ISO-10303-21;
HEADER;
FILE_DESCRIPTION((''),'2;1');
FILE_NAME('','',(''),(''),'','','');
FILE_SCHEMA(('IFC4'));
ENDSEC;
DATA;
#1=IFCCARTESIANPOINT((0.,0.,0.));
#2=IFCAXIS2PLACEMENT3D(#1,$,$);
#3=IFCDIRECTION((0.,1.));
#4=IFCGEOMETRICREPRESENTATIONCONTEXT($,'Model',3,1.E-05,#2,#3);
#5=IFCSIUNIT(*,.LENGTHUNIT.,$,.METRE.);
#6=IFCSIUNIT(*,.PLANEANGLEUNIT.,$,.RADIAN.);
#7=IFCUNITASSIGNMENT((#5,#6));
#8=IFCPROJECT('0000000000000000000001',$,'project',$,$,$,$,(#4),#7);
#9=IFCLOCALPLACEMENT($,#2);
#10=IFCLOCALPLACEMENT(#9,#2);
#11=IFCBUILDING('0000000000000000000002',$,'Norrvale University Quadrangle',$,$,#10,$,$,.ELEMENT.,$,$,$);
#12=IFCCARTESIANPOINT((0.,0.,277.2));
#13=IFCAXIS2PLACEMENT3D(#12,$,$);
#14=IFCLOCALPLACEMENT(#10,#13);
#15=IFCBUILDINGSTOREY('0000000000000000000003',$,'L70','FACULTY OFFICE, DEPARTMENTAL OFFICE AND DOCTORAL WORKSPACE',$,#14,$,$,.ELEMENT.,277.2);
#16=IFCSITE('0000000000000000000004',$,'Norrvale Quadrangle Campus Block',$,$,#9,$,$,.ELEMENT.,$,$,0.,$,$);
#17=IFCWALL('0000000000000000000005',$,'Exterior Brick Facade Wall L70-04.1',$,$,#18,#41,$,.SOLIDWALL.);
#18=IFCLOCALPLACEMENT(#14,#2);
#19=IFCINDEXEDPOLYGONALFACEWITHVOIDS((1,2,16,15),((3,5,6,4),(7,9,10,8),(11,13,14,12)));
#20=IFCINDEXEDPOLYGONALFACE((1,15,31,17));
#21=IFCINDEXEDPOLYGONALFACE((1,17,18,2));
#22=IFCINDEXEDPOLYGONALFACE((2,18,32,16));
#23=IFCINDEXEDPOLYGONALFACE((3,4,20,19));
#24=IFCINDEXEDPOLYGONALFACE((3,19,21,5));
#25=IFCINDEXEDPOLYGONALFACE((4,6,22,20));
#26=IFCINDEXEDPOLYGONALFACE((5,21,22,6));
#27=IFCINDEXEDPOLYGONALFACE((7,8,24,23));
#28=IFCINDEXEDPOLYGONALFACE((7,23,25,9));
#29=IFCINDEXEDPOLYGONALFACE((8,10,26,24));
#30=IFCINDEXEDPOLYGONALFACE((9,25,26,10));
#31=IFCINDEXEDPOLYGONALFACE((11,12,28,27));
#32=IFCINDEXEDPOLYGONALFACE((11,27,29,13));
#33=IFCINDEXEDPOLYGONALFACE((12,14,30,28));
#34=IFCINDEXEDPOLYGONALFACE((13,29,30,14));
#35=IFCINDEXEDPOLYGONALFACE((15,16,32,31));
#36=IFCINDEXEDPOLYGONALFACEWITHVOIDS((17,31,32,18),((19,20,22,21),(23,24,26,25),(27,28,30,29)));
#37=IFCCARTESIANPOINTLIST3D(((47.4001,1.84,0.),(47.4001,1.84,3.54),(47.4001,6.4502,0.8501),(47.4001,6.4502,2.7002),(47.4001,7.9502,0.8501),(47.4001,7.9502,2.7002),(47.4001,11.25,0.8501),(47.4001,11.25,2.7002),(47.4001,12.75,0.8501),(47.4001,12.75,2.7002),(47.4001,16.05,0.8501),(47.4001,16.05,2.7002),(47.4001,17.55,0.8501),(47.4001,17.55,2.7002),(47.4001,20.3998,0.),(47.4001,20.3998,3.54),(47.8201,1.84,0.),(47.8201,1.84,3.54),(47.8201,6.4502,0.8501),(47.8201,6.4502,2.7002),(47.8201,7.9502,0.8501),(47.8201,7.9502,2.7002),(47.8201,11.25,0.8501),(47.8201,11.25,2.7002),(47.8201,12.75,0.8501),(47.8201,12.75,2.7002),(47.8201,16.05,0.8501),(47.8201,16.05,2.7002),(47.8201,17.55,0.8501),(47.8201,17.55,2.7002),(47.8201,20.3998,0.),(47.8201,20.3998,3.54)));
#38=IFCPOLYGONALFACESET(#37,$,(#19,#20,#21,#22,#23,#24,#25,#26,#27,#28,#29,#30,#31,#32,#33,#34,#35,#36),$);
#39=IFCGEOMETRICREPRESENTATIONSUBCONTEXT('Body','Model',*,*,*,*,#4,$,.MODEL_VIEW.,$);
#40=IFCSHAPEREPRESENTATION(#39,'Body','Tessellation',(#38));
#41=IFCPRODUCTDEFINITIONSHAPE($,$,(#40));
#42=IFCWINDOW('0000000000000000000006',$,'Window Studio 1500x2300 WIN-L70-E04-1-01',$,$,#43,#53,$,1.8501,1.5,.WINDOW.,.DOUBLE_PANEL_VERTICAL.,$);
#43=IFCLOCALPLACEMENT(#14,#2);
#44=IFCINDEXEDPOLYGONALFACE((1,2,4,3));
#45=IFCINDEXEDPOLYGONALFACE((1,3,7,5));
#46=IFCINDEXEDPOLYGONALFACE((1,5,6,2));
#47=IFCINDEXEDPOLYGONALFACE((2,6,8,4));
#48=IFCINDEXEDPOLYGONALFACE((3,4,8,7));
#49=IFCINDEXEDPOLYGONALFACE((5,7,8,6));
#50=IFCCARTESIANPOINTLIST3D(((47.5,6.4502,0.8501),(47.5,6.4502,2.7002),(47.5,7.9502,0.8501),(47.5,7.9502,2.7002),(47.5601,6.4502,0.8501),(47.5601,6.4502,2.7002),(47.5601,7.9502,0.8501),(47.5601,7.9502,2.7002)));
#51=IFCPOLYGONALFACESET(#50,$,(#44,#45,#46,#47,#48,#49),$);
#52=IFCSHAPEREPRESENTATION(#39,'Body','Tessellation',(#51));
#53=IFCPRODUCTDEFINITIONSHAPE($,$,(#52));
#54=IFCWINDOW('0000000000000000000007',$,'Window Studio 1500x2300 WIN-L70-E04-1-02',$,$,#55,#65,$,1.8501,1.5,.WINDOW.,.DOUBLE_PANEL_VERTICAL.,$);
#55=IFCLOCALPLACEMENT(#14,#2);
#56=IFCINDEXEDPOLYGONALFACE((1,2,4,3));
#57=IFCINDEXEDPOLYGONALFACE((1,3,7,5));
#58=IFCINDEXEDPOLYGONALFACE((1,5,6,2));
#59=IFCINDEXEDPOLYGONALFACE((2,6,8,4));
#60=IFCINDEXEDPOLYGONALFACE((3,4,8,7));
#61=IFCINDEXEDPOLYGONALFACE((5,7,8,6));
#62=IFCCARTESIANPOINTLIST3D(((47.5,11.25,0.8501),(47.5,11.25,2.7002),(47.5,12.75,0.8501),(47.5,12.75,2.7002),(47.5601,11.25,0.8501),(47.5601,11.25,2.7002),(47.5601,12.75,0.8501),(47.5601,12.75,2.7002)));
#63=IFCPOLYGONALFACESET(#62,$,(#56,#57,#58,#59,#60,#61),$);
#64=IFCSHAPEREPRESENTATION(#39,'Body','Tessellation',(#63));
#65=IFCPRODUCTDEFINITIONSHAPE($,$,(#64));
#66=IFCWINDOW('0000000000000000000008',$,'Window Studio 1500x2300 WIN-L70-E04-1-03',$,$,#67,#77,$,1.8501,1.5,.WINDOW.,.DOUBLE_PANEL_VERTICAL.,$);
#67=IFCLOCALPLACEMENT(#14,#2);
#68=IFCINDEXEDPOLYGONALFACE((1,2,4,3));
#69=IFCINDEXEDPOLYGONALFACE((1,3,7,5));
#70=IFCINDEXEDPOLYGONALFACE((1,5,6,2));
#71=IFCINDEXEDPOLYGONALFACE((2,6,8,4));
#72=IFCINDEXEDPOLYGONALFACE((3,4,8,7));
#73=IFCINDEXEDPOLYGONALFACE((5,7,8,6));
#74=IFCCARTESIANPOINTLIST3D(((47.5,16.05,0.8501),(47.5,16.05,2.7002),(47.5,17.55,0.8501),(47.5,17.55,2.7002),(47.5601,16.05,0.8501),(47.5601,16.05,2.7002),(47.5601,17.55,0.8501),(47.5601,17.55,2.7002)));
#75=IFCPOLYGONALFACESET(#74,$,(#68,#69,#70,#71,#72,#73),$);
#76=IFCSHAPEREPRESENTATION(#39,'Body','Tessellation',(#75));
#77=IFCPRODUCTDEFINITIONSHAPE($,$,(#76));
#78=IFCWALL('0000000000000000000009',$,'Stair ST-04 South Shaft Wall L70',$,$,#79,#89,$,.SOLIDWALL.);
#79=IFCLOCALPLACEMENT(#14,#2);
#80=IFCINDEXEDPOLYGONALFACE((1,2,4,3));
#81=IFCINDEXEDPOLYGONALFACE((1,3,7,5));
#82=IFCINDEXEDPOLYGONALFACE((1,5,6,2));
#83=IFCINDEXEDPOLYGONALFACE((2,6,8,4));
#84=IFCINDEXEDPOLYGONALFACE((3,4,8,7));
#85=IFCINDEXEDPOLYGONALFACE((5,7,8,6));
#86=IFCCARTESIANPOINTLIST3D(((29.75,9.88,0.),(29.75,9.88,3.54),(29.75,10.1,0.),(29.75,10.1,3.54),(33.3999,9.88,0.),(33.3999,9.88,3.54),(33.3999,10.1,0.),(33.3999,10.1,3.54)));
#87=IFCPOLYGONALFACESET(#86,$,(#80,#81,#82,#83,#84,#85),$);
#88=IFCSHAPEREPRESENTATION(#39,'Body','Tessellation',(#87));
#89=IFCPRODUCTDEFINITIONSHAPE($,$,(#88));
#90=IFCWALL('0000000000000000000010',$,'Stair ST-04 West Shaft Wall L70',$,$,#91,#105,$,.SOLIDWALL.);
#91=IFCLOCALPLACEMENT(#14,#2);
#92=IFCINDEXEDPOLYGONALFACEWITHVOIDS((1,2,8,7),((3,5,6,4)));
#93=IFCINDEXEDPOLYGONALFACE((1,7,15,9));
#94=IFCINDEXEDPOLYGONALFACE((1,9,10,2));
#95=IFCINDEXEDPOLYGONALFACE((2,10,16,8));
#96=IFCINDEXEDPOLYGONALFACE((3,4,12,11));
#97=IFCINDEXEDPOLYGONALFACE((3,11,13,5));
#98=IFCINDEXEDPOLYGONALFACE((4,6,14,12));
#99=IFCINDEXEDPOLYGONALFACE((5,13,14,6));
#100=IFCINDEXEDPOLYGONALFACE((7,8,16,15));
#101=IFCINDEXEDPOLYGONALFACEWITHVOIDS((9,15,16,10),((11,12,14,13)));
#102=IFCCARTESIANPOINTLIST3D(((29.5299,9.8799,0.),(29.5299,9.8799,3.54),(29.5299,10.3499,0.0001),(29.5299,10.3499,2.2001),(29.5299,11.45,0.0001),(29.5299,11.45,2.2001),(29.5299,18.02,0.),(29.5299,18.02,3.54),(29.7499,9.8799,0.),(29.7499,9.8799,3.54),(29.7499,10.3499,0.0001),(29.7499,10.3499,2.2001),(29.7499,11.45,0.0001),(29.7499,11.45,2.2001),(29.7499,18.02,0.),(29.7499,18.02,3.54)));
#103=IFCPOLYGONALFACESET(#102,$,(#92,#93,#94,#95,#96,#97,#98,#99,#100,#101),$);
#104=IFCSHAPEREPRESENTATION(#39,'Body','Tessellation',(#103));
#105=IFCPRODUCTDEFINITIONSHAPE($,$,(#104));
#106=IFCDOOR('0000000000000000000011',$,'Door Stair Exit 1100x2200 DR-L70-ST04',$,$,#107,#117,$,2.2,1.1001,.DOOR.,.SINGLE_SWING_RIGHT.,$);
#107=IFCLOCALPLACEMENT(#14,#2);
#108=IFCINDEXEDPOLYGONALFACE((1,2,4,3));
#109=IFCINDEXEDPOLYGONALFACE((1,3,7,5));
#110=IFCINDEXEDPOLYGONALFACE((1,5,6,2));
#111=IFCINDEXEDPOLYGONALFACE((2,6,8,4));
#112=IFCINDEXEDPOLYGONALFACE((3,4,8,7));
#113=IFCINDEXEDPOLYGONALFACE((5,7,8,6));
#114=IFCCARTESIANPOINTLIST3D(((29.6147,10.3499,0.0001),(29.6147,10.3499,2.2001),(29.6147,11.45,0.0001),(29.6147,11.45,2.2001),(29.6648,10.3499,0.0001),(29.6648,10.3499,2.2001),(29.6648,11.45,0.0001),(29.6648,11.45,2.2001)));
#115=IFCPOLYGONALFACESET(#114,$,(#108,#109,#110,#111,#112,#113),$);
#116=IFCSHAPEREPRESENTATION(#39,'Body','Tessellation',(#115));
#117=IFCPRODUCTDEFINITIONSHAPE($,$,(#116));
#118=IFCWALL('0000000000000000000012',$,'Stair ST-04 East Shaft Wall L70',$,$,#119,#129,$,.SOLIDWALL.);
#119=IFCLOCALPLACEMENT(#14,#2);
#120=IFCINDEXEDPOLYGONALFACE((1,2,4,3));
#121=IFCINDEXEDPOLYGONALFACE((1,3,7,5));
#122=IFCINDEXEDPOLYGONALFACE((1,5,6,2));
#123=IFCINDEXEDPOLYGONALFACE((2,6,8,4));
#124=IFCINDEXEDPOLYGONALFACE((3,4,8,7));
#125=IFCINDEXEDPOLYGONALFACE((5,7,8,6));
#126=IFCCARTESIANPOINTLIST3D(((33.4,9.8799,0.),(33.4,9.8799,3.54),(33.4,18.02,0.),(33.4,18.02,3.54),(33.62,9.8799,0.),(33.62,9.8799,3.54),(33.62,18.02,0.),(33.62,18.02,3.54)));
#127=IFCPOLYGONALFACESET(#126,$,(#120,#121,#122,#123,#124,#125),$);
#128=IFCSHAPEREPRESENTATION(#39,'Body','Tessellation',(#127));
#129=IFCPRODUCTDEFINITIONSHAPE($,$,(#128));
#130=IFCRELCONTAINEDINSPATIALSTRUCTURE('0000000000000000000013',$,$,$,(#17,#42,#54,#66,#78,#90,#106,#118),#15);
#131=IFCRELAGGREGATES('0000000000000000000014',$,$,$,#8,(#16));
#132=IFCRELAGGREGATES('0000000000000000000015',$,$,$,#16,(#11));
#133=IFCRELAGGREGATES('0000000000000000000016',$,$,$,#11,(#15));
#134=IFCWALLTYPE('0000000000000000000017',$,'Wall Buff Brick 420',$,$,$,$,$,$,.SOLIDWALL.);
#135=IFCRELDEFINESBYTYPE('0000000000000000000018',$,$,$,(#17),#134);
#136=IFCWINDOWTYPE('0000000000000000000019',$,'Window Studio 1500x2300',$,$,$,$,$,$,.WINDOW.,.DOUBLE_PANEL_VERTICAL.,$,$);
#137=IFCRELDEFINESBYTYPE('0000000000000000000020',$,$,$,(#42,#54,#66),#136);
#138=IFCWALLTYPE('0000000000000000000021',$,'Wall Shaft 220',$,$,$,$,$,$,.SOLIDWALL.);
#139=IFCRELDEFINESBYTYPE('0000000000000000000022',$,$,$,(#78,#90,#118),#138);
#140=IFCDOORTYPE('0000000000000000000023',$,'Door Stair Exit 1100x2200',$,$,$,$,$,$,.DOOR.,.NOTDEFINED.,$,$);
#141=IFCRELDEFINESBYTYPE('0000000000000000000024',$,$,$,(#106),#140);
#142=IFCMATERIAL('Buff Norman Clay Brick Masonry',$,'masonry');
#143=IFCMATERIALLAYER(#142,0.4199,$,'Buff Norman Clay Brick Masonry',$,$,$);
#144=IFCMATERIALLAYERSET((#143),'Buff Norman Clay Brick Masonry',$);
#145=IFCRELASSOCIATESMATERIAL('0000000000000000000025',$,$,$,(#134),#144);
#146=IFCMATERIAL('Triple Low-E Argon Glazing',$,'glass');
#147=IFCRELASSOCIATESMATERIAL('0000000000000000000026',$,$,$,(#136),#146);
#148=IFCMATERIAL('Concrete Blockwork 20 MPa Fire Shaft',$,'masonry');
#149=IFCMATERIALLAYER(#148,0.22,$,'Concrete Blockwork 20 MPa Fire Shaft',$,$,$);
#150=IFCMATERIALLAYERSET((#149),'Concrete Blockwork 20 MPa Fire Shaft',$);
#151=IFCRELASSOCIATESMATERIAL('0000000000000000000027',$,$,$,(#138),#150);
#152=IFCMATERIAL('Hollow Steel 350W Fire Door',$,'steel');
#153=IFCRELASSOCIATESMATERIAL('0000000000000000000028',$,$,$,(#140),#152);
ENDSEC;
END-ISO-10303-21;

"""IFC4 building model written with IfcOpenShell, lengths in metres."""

from ifc_helpers import new_model, si_unit, direction, frame, frame_2d, origin, place, context, subcontext, project, spatial, rectangle, extrude, material, layer, layer_set, type_object, element, fill, save


model = new_model("IFC4")

# Units and contexts
model_context = context("Model", 3, precision=1e-05, world=origin(), true_north=direction((0.0, 1.0)))
body_context = subcontext(model_context, "Body", "Model", "MODEL_VIEW")
ifc_project = project(units=[si_unit("LENGTHUNIT", "METRE"), si_unit("PLANEANGLEUNIT", "RADIAN")], contexts=[model_context])

# Site, building, storey
site_placement = place(None, origin())
site = spatial("IfcSite", under=ifc_project, at=site_placement, Name="Norrvale Quadrangle Campus Block", CompositionType="ELEMENT", RefElevation=0.0)
building_placement = place(site_placement, origin())
building = spatial("IfcBuilding", under=site, at=building_placement, Name="Norrvale University Quadrangle", CompositionType="ELEMENT")
storey_placement = place(building_placement, frame((0.0, 0.0, 277.2)))
storey = spatial("IfcBuildingStorey", under=building, at=storey_placement, Name="L70", Description="FACULTY OFFICE, DEPARTMENTAL OFFICE AND DOCTORAL WORKSPACE", CompositionType="ELEMENT", Elevation=277.2)

# Shared definitions
ifc_material_1 = material(Name="Buff Norman Clay Brick Masonry", Category="masonry")
ifc_layer_1 = layer(ifc_material_1, 0.4199, Name="Buff Norman Clay Brick Masonry")
ifc_layer_set_1 = layer_set([ifc_layer_1], Name="Buff Norman Clay Brick Masonry")
wall_type_1 = type_object("IfcWallType", Name="Wall Buff Brick 420", PredefinedType="SOLIDWALL", material=ifc_layer_set_1)

# Wall, openings, windows
wall_1_placement = place(storey_placement, frame((47.6101, 1.8401, 0.0), z_axis=(0.0, 0.0, 1.0), x_axis=(0.0, 1.0, 0.0)))
wall_1 = element("IfcWall", 1, at=wall_1_placement, inside=storey, type_object=wall_type_1, Name="Exterior Brick Facade Wall L70-04.1", PredefinedType="SOLIDWALL", context=body_context, shape_type="SweptSolid", body=[
    extrude(rectangle(XDim=18.5598, YDim=0.4199, at=frame_2d((9.2798, 0.0))), origin(), (0.0, 0.0, 1.0), 3.54),
])
opening_1_placement = place(wall_1_placement, frame((4.6101, 0.0, 0.8501)))
opening_1 = element("IfcOpeningElement", 2, at=opening_1_placement, cuts=wall_1, PredefinedType="OPENING", context=body_context, shape_type="SweptSolid", body=[
    extrude(rectangle(XDim=1.5, YDim=1.8501, at=frame_2d((0.75, 0.925))), frame((0.0, 0.2219, 0.0), z_axis=(0.0, -1.0, 0.0), x_axis=(1.0, 0.0, 0.0)), (0.0, 0.0, 1.0), 0.4438),
])
opening_2_placement = place(wall_1_placement, frame((9.4099, 0.0, 0.8501)))
opening_2 = element("IfcOpeningElement", 3, at=opening_2_placement, cuts=wall_1, PredefinedType="OPENING", context=body_context, shape_type="SweptSolid", body=[
    extrude(rectangle(XDim=1.5, YDim=1.8501, at=frame_2d((0.75, 0.925))), frame((0.0, 0.2219, 0.0), z_axis=(0.0, -1.0, 0.0), x_axis=(1.0, 0.0, 0.0)), (0.0, 0.0, 1.0), 0.4438),
])
opening_3_placement = place(wall_1_placement, frame((14.21, 0.0, 0.8501)))
opening_3 = element("IfcOpeningElement", 4, at=opening_3_placement, cuts=wall_1, PredefinedType="OPENING", context=body_context, shape_type="SweptSolid", body=[
    extrude(rectangle(XDim=1.5, YDim=1.8501, at=frame_2d((0.75, 0.925))), frame((0.0, 0.2219, 0.0), z_axis=(0.0, -1.0, 0.0), x_axis=(1.0, 0.0, 0.0)), (0.0, 0.0, 1.0), 0.4438),
])
ifc_material_2 = material(Name="Triple Low-E Argon Glazing", Category="glass")
window_type = type_object("IfcWindowType", Name="Window Studio 1500x2300", PartitioningType="DOUBLE_PANEL_VERTICAL", PredefinedType="WINDOW", material=ifc_material_2)
window_1_placement = place(opening_1_placement, origin())
window_1 = element("IfcWindow", 5, at=window_1_placement, inside=storey, type_object=window_type, Name="Window Studio 1500x2300 WIN-L70-E04-1-01", OverallHeight=1.8501, OverallWidth=1.5, PartitioningType="DOUBLE_PANEL_VERTICAL", PredefinedType="WINDOW", context=body_context, shape_type="SweptSolid", body=[
    extrude(rectangle(XDim=1.5, YDim=1.8501, at=frame_2d((0.75, 0.925))), frame((0.0, 0.1101, 0.0), z_axis=(0.0, -1.0, 0.0), x_axis=(1.0, 0.0, 0.0)), (0.0, 0.0, 1.0), 0.0601),
])
fill(opening_1, window_1)
window_2_placement = place(opening_2_placement, origin())
window_2 = element("IfcWindow", 6, at=window_2_placement, inside=storey, type_object=window_type, Name="Window Studio 1500x2300 WIN-L70-E04-1-02", OverallHeight=1.8501, OverallWidth=1.5, PartitioningType="DOUBLE_PANEL_VERTICAL", PredefinedType="WINDOW", context=body_context, shape_type="SweptSolid", body=[
    extrude(rectangle(XDim=1.5, YDim=1.8501, at=frame_2d((0.75, 0.925))), frame((0.0, 0.1101, 0.0), z_axis=(0.0, -1.0, 0.0), x_axis=(1.0, 0.0, 0.0)), (0.0, 0.0, 1.0), 0.0601),
])
fill(opening_2, window_2)
window_3_placement = place(opening_3_placement, origin())
window_3 = element("IfcWindow", 7, at=window_3_placement, inside=storey, type_object=window_type, Name="Window Studio 1500x2300 WIN-L70-E04-1-03", OverallHeight=1.8501, OverallWidth=1.5, PartitioningType="DOUBLE_PANEL_VERTICAL", PredefinedType="WINDOW", context=body_context, shape_type="SweptSolid", body=[
    extrude(rectangle(XDim=1.5, YDim=1.8501, at=frame_2d((0.75, 0.925))), frame((0.0, 0.1101, 0.0), z_axis=(0.0, -1.0, 0.0), x_axis=(1.0, 0.0, 0.0)), (0.0, 0.0, 1.0), 0.0601),
])
fill(opening_3, window_3)

# Wall
ifc_material_3 = material(Name="Concrete Blockwork 20 MPa Fire Shaft", Category="masonry")
ifc_layer_2 = layer(ifc_material_3, 0.22, Name="Concrete Blockwork 20 MPa Fire Shaft")
ifc_layer_set_2 = layer_set([ifc_layer_2], Name="Concrete Blockwork 20 MPa Fire Shaft")
wall_type_2 = type_object("IfcWallType", Name="Wall Shaft 220", PredefinedType="SOLIDWALL", material=ifc_layer_set_2)
wall_2_placement = place(storey_placement, frame((29.75, 9.99, 0.0), z_axis=(0.0, 0.0, 1.0), x_axis=(1.0, 0.0, 0.0)))
element("IfcWall", 8, at=wall_2_placement, inside=storey, type_object=wall_type_2, Name="Stair ST-04 South Shaft Wall L70", PredefinedType="SOLIDWALL", context=body_context, shape_type="SweptSolid", body=[
    extrude(rectangle(XDim=3.6499, YDim=0.22, at=frame_2d((1.825, 0.0))), origin(), (0.0, 0.0, 1.0), 3.54),
])

# Wall, opening, door
wall_3_placement = place(storey_placement, frame((29.6399, 9.8799, 0.0), z_axis=(0.0, 0.0, 1.0), x_axis=(0.0, 1.0, 0.0)))
wall_3 = element("IfcWall", 9, at=wall_3_placement, inside=storey, type_object=wall_type_2, Name="Stair ST-04 West Shaft Wall L70", PredefinedType="SOLIDWALL", context=body_context, shape_type="SweptSolid", body=[
    extrude(rectangle(XDim=8.1401, YDim=0.22, at=frame_2d((4.0701, 0.0))), origin(), (0.0, 0.0, 1.0), 3.54),
])
opening_4_placement = place(wall_3_placement, frame((0.47, 0.0, 0.0)))
opening_4 = element("IfcOpeningElement", 10, at=opening_4_placement, cuts=wall_3, PredefinedType="OPENING", context=body_context, shape_type="SweptSolid", body=[
    extrude(rectangle(XDim=1.1001, YDim=2.2, at=frame_2d((0.55, 1.1001))), frame((0.0, 0.1221, 0.0), z_axis=(0.0, -1.0, 0.0), x_axis=(1.0, 0.0, 0.0)), (0.0, 0.0, 1.0), 0.2439),
])
ifc_material_4 = material(Name="Hollow Steel 350W Fire Door", Category="steel")
door_type = type_object("IfcDoorType", Name="Door Stair Exit 1100x2200", OperationType="NOTDEFINED", PredefinedType="DOOR", material=ifc_material_4)
door_placement = place(opening_4_placement, frame((1.1001, 0.0, 0.0), z_axis=(0.0, 0.0, 1.0), x_axis=(-1.0, 0.0, 0.0)))
door = element("IfcDoor", 11, at=door_placement, inside=storey, type_object=door_type, Name="Door Stair Exit 1100x2200 DR-L70-ST04", OperationType="SINGLE_SWING_RIGHT", OverallHeight=2.2, OverallWidth=1.1001, PredefinedType="DOOR", context=body_context, shape_type="SweptSolid", body=[
    extrude(rectangle(XDim=1.1001, YDim=2.2, at=frame_2d((0.55, 1.1001))), frame((0.0, 0.0249, 0.0), z_axis=(0.0, -1.0, 0.0), x_axis=(1.0, 0.0, 0.0)), (0.0, 0.0, 1.0), 0.05),
])
fill(opening_4, door)

# Wall
wall_4_placement = place(storey_placement, frame((33.51, 9.8799, 0.0), z_axis=(0.0, 0.0, 1.0), x_axis=(0.0, 1.0, 0.0)))
element("IfcWall", 12, at=wall_4_placement, inside=storey, type_object=wall_type_2, Name="Stair ST-04 East Shaft Wall L70", PredefinedType="SOLIDWALL", context=body_context, shape_type="SweptSolid", body=[
    extrude(rectangle(XDim=8.1401, YDim=0.22, at=frame_2d((4.0701, 0.0))), origin(), (0.0, 0.0, 1.0), 3.54),
])

save(model, "model.ifc")
